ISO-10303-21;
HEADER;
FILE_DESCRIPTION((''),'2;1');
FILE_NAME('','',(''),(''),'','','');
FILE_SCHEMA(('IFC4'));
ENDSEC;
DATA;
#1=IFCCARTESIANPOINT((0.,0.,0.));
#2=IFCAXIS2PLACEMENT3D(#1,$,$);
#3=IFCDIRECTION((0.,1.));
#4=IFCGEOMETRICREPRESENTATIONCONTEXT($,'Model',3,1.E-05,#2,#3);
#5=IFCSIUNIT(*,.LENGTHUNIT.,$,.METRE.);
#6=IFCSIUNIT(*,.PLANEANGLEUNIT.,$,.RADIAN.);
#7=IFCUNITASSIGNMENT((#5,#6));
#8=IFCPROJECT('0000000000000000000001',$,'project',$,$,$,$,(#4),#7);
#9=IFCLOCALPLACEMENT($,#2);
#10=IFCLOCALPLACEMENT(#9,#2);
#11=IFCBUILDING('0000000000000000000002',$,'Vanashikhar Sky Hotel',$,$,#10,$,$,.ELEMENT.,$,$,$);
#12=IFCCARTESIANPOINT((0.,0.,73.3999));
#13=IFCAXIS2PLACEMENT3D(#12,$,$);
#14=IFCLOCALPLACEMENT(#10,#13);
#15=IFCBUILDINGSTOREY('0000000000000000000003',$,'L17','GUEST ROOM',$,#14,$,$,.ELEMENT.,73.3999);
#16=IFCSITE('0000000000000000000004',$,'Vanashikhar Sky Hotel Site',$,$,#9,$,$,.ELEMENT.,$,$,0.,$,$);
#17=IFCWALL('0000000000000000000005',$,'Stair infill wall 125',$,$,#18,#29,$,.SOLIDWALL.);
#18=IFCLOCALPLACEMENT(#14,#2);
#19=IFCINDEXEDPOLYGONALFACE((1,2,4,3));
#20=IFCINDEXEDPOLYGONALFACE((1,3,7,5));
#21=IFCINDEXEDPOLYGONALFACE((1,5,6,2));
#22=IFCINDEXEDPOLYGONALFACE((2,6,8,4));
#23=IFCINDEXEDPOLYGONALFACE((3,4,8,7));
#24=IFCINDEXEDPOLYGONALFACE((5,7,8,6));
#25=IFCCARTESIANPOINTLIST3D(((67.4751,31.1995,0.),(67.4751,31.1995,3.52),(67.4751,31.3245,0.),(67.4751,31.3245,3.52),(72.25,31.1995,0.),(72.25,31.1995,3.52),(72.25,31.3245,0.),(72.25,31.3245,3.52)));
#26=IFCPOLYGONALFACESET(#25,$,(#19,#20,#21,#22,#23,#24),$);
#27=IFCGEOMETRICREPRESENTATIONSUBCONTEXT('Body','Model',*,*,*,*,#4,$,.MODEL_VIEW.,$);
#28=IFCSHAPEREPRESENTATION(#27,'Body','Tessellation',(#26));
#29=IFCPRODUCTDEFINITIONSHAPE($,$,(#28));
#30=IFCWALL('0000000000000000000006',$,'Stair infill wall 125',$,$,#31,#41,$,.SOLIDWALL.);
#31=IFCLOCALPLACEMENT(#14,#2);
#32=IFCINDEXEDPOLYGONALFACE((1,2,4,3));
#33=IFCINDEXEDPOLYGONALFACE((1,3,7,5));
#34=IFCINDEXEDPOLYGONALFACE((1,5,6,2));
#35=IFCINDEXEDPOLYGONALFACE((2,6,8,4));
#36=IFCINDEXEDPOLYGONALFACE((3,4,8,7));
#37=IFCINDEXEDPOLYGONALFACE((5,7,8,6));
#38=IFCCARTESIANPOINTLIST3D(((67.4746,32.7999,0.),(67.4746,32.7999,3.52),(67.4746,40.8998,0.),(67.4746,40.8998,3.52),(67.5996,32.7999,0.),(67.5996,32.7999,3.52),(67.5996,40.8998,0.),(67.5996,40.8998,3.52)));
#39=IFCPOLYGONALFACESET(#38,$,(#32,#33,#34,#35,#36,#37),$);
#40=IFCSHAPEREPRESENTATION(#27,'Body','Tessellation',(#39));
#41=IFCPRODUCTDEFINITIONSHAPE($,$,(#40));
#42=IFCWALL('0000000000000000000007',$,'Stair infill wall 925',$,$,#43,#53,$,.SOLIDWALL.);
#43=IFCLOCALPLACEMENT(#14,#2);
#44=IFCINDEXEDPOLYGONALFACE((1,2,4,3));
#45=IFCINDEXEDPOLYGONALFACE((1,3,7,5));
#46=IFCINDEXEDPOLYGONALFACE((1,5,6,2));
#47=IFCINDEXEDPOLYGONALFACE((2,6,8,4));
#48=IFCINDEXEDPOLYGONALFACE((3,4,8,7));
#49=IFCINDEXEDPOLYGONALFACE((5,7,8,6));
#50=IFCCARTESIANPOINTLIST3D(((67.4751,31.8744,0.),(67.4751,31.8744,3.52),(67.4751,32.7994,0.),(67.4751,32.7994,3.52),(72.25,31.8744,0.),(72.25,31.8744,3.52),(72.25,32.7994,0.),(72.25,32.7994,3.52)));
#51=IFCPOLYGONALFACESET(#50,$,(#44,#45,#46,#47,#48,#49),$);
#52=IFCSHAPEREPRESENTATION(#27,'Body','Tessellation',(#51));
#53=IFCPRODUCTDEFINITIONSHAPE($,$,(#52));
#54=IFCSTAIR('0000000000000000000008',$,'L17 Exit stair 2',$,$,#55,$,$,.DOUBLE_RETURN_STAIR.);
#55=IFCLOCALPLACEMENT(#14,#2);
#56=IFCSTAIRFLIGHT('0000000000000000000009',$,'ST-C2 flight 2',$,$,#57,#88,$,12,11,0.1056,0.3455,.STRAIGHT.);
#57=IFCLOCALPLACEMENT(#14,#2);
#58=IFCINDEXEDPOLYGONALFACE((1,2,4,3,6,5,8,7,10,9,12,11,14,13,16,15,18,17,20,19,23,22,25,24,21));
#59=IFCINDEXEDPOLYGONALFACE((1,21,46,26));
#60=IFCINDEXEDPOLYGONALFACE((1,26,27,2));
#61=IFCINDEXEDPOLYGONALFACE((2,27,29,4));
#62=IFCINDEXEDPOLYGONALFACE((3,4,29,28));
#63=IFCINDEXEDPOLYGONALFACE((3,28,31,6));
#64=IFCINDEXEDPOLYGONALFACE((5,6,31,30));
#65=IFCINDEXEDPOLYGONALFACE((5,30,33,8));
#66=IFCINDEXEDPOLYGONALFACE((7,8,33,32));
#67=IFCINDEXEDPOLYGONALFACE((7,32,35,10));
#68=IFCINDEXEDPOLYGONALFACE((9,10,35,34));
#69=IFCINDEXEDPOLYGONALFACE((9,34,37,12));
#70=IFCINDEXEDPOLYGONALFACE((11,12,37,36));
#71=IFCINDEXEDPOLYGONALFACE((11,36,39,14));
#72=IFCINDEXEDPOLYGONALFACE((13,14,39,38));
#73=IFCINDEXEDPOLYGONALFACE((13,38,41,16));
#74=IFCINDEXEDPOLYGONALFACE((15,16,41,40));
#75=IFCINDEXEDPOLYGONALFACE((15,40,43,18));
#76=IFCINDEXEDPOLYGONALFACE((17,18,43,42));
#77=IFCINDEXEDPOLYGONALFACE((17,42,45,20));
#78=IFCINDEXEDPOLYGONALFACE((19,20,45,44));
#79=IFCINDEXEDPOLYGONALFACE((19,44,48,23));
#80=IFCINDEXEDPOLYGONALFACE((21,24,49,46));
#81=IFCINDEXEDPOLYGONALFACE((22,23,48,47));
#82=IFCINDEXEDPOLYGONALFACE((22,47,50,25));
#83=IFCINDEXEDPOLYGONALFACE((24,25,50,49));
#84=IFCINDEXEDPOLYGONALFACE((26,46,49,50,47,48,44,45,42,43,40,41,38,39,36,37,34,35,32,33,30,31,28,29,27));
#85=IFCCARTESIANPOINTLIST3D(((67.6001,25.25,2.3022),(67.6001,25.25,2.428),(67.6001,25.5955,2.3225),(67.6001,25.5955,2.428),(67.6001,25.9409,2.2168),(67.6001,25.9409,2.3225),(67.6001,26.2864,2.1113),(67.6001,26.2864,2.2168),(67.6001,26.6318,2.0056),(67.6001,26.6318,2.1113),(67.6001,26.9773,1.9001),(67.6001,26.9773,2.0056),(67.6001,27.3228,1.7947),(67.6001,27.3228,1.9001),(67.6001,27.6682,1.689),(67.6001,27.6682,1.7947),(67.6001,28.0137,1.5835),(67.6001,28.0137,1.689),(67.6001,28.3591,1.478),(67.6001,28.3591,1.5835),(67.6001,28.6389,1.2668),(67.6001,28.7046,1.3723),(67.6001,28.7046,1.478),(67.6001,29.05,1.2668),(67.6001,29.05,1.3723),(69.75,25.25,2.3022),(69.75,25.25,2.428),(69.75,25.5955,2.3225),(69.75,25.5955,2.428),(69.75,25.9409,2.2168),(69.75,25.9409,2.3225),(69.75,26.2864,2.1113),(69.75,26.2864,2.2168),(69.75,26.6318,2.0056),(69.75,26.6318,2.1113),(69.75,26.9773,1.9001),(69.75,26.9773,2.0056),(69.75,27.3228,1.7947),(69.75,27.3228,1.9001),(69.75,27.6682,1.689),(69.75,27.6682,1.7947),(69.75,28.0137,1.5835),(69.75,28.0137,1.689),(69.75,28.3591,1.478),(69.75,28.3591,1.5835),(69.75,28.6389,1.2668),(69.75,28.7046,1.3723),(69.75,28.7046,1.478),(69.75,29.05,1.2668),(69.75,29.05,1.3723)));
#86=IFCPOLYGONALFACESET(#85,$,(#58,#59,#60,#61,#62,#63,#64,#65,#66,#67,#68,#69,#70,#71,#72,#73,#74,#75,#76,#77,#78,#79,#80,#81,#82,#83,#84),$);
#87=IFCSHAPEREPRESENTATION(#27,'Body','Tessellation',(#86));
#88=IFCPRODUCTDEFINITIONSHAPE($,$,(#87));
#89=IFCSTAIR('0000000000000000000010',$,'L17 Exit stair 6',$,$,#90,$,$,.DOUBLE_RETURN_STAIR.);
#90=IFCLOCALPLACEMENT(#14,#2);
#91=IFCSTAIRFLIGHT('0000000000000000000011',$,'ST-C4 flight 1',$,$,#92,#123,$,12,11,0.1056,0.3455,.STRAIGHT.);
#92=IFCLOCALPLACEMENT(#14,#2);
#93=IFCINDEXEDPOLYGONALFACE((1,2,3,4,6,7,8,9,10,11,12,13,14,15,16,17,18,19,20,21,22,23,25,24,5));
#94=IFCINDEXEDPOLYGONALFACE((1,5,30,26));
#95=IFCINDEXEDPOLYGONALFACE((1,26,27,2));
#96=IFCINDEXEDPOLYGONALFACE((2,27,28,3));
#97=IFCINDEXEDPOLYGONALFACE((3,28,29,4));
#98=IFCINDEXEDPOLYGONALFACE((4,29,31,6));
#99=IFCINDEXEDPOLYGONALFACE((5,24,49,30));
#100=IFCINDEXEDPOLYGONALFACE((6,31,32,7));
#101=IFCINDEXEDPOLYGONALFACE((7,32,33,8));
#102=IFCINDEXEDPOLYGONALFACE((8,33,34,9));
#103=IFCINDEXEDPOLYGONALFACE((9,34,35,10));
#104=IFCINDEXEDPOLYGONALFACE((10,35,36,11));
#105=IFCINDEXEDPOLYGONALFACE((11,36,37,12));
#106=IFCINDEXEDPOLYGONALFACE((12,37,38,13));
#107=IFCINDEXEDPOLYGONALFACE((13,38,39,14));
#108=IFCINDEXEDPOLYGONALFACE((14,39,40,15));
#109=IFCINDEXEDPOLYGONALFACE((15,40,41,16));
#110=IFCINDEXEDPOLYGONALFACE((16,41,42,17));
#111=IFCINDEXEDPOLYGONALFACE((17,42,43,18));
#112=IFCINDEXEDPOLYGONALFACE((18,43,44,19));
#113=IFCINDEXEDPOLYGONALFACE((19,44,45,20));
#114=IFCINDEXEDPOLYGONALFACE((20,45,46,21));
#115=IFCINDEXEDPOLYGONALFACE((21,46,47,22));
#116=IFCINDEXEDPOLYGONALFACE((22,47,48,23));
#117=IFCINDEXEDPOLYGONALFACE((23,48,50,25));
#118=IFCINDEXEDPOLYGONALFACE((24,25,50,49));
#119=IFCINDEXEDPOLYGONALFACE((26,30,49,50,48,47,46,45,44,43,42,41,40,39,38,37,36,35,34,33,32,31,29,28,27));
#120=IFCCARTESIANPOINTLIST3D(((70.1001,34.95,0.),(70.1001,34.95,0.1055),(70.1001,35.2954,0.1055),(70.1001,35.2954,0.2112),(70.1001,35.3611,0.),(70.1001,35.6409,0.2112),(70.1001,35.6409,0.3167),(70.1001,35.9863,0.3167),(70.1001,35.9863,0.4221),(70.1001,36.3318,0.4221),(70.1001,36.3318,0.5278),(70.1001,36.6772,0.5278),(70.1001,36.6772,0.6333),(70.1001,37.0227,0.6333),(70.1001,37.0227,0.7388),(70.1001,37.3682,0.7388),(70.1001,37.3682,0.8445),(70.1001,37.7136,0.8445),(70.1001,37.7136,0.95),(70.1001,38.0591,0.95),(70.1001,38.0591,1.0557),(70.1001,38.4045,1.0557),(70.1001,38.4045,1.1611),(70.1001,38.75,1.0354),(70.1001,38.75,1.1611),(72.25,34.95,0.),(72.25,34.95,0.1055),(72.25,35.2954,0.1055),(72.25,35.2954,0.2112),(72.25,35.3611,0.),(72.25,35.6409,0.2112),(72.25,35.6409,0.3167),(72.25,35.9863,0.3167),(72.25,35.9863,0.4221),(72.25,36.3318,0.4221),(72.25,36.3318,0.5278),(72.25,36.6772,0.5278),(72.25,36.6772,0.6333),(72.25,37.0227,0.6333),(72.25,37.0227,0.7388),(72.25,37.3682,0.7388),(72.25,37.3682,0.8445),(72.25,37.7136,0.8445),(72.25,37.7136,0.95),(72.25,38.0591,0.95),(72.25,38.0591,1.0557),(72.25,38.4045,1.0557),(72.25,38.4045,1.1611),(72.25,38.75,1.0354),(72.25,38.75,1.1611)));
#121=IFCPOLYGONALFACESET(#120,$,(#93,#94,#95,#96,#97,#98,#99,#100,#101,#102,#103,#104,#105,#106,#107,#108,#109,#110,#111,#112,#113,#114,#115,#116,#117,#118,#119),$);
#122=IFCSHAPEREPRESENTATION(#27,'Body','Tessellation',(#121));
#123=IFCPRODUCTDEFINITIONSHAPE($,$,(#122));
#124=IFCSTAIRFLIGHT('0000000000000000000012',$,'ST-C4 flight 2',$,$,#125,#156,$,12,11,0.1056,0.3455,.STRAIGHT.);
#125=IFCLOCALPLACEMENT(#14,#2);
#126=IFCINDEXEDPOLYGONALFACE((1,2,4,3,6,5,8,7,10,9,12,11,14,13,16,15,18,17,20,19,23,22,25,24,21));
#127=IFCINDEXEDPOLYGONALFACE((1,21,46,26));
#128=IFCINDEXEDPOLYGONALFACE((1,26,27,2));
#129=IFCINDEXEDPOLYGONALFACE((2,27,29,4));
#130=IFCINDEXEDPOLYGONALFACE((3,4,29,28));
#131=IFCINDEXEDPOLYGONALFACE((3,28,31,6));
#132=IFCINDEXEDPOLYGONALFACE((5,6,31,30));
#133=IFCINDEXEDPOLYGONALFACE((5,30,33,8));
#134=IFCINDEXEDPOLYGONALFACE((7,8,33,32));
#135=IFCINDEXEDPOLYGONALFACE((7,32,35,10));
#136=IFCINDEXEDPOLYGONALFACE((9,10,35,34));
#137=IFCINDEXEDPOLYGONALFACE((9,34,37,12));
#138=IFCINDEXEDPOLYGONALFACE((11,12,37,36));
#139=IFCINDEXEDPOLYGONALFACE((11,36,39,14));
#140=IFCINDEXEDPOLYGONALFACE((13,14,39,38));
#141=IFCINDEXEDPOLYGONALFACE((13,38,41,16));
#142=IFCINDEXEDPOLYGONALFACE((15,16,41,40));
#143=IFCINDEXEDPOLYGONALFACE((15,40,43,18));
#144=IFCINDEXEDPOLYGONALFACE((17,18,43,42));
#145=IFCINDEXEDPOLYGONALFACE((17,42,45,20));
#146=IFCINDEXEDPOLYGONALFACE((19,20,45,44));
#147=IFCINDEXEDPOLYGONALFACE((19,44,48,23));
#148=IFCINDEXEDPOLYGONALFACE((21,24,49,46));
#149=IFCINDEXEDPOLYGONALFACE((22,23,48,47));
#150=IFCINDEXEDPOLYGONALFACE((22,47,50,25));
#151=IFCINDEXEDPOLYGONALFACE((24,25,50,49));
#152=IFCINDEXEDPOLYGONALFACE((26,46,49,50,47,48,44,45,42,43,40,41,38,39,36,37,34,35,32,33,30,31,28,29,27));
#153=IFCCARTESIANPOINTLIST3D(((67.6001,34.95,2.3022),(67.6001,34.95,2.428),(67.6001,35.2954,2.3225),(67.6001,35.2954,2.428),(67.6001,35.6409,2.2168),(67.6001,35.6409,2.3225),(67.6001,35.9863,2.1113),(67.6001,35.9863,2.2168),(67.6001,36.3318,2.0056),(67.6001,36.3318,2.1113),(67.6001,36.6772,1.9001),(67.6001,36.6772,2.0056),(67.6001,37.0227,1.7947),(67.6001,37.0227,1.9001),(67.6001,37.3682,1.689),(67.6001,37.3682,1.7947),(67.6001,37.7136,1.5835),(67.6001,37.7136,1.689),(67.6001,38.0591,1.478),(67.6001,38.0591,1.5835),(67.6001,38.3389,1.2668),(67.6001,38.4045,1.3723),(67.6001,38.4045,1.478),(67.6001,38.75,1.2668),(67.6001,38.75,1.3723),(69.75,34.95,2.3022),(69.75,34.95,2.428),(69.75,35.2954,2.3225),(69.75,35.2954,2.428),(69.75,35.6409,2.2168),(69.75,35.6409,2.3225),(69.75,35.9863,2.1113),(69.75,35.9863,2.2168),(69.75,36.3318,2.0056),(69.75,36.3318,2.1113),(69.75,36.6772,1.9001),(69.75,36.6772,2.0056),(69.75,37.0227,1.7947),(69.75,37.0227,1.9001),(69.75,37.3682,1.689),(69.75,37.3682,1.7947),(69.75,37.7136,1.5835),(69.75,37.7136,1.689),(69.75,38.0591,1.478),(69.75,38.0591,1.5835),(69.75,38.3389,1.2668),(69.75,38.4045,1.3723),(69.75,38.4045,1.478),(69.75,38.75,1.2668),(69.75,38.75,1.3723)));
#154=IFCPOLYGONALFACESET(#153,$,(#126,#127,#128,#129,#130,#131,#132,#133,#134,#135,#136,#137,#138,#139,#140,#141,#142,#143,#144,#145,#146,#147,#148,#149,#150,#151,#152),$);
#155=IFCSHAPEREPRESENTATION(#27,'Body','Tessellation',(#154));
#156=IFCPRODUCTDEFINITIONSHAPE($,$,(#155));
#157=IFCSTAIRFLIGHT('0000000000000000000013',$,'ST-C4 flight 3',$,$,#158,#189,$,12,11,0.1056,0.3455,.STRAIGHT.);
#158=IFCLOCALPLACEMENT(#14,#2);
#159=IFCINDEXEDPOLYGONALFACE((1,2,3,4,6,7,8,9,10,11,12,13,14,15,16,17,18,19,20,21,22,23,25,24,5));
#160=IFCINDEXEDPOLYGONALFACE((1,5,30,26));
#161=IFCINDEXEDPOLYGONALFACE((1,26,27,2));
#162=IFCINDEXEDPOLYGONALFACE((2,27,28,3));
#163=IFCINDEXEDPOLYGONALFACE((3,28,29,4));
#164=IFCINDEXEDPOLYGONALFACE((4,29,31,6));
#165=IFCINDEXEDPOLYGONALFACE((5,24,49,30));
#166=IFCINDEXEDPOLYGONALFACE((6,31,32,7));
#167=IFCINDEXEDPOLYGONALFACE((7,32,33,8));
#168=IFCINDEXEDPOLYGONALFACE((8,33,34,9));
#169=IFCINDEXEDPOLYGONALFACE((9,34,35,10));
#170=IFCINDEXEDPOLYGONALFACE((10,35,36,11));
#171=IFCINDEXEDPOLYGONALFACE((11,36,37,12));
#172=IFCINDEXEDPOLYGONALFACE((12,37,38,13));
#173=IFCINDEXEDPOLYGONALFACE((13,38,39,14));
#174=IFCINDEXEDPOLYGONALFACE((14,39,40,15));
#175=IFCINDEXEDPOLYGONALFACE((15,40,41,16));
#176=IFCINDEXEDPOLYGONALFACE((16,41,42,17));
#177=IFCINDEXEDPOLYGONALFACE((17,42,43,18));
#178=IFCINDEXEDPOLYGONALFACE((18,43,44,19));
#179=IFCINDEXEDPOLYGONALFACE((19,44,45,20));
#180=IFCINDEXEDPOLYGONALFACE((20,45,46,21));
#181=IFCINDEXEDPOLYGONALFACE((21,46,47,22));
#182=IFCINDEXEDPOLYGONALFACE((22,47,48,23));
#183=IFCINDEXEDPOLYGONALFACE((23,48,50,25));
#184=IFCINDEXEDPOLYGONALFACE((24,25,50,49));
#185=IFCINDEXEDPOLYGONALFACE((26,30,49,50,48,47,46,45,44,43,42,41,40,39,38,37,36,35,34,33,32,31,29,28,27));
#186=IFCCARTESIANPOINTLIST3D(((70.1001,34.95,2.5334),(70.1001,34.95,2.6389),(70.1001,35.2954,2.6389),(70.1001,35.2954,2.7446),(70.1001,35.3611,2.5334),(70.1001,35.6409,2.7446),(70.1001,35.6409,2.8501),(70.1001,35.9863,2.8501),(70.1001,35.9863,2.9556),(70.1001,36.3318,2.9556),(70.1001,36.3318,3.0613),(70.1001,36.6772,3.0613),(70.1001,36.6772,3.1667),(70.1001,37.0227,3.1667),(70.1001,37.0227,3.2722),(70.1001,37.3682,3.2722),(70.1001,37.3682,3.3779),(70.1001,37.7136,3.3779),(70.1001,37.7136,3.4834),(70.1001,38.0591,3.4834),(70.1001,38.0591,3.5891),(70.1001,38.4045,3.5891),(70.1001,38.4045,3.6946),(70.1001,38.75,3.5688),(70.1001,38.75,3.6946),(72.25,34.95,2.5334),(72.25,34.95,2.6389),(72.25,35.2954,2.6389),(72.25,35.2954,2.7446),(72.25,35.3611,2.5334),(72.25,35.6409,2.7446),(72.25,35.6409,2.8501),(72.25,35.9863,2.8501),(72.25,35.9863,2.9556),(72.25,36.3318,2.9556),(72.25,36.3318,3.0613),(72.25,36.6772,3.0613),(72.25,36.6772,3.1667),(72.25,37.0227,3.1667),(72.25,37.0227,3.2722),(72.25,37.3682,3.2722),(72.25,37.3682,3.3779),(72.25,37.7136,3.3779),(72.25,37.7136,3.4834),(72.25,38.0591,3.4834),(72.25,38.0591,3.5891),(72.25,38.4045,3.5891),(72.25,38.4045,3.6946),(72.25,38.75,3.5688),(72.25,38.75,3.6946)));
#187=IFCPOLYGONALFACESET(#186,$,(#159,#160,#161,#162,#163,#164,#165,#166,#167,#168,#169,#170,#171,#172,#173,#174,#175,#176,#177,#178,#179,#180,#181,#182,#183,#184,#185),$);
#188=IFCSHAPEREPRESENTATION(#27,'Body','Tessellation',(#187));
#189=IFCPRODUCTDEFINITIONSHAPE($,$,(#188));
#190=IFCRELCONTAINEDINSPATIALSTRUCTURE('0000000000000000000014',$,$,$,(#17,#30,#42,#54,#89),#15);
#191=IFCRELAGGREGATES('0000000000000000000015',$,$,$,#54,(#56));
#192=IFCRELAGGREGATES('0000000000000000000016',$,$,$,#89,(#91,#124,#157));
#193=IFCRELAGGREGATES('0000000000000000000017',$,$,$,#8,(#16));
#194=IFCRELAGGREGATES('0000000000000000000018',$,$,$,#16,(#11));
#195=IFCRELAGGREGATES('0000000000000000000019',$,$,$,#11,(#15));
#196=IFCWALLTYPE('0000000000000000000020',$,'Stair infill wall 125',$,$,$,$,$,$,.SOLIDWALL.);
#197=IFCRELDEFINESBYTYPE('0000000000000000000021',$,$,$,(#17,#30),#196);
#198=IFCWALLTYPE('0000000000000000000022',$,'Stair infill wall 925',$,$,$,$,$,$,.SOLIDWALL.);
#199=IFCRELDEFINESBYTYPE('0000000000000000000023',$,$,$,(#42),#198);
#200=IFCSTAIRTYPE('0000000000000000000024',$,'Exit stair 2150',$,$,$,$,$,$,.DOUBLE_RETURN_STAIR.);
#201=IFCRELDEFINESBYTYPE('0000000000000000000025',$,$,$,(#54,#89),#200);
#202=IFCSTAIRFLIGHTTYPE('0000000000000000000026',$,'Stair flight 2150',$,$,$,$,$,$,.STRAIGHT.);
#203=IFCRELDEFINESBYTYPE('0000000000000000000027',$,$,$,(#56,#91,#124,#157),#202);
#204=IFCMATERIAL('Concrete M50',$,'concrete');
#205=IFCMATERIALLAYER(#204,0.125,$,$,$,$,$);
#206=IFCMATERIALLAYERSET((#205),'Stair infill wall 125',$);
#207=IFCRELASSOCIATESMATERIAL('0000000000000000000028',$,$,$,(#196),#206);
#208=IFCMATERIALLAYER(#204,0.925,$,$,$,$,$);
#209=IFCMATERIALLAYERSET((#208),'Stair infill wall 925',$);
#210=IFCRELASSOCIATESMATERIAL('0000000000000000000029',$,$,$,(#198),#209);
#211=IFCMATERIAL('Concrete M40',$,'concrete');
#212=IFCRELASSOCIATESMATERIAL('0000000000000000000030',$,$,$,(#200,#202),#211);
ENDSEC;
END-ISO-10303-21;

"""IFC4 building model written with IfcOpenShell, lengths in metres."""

from ifc_helpers import new_model, si_unit, direction, frame, frame_2d, origin, place, context, subcontext, project, spatial, polyline, rectangle, outline, extrude, source, transform, mapped, material, layer, layer_set, type_object, element, aggregate, save


model = new_model("IFC4")

# Units and contexts
model_context = context("Model", 3, precision=1e-05, world=origin(), true_north=direction((0.0, 1.0)))
body_context = subcontext(model_context, "Body", "Model", "MODEL_VIEW")
ifc_project = project(units=[si_unit("LENGTHUNIT", "METRE"), si_unit("PLANEANGLEUNIT", "RADIAN")], contexts=[model_context])

# Site, building, storey
site_placement = place(None, origin())
site = spatial("IfcSite", under=ifc_project, at=site_placement, Name="Vanashikhar Sky Hotel Site", CompositionType="ELEMENT", RefElevation=0.0)
building_placement = place(site_placement, origin())
building = spatial("IfcBuilding", under=site, at=building_placement, Name="Vanashikhar Sky Hotel", CompositionType="ELEMENT")
storey_placement = place(building_placement, frame((0.0, 0.0, 73.3999)))
storey = spatial("IfcBuildingStorey", under=building, at=storey_placement, Name="L17", Description="GUEST ROOM", CompositionType="ELEMENT", Elevation=73.3999)

# Walls
ifc_material_1 = material(Name="Concrete M50", Category="concrete")
ifc_layer_1 = layer(ifc_material_1, 0.125)
ifc_layer_set_1 = layer_set([ifc_layer_1], Name="Stair infill wall 125")
wall_type_1 = type_object("IfcWallType", Name="Stair infill wall 125", PredefinedType="SOLIDWALL", material=ifc_layer_set_1)
shared_shape_1 = source(origin(), body_context, "Body", "SweptSolid", [
    extrude(rectangle(XDim=4.7749, YDim=0.125, at=frame_2d((2.3875, 0.0))), origin(), (0.0, 0.0, 1.0), 3.52),
])
wall_1_placement = place(storey_placement, frame((67.4751, 31.262, 0.0), z_axis=(0.0, 0.0, 1.0), x_axis=(1.0, 0.0, 0.0)))
element("IfcWall", 1, at=wall_1_placement, inside=storey, type_object=wall_type_1, Name="Stair infill wall 125", PredefinedType="SOLIDWALL", context=body_context, shape_type="MappedRepresentation", body=[
    mapped(shared_shape_1, transform((0.0, 0.0, 0.0), scale=1.0)),
])
shared_shape_2 = source(origin(), body_context, "Body", "SweptSolid", [
    extrude(rectangle(XDim=8.0999, YDim=0.125, at=frame_2d((4.0498, 0.0))), origin(), (0.0, 0.0, 1.0), 3.52),
])
wall_2_placement = place(storey_placement, frame((67.5371, 32.8, 0.0), z_axis=(0.0, 0.0, 1.0), x_axis=(0.0, 1.0, 0.0)))
element("IfcWall", 2, at=wall_2_placement, inside=storey, type_object=wall_type_1, Name="Stair infill wall 125", PredefinedType="SOLIDWALL", context=body_context, shape_type="MappedRepresentation", body=[
    mapped(shared_shape_2, transform((0.0, 0.0, 0.0), scale=1.0)),
])
ifc_layer_2 = layer(ifc_material_1, 0.925)
ifc_layer_set_2 = layer_set([ifc_layer_2], Name="Stair infill wall 925")
wall_type_2 = type_object("IfcWallType", Name="Stair infill wall 925", PredefinedType="SOLIDWALL", material=ifc_layer_set_2)
shared_shape_3 = source(origin(), body_context, "Body", "SweptSolid", [
    extrude(rectangle(XDim=4.7749, YDim=0.925, at=frame_2d((2.3875, 0.0))), origin(), (0.0, 0.0, 1.0), 3.52),
])
wall_3_placement = place(storey_placement, frame((67.4751, 32.3369, 0.0), z_axis=(0.0, 0.0, 1.0), x_axis=(1.0, 0.0, 0.0)))
element("IfcWall", 3, at=wall_3_placement, inside=storey, type_object=wall_type_2, Name="Stair infill wall 925", PredefinedType="SOLIDWALL", context=body_context, shape_type="MappedRepresentation", body=[
    mapped(shared_shape_3, transform((0.0, 0.0, 0.0), scale=1.0)),
])

# Stair, stair flight
ifc_material_2 = material(Name="Concrete M40", Category="concrete")
stair_type = type_object("IfcStairType", Name="Exit stair 2150", PredefinedType="DOUBLE_RETURN_STAIR", material=ifc_material_2)
stair_1_placement = place(storey_placement, origin())
stair_1 = element("IfcStair", 4, at=stair_1_placement, inside=storey, type_object=stair_type, Name="L17 Exit stair 2", PredefinedType="DOUBLE_RETURN_STAIR")
stair_flight_type = type_object("IfcStairFlightType", Name="Stair flight 2150", PredefinedType="STRAIGHT", material=ifc_material_2)
shared_shape_4 = source(origin(), body_context, "Body", "SweptSolid", [
    extrude(outline(polyline([(0.0, 0.0), (0.0, 0.1055), (0.3455, 0.1055), (0.3455, 0.2112), (0.6909, 0.2112), (0.6909, 0.3167), (1.0364, 0.3167), (1.0364, 0.4221), (1.3818, 0.4221), (1.3818, 0.5278), (1.7273, 0.5278), (1.7273, 0.6333), (2.0728, 0.6333), (2.0728, 0.7388), (2.4182, 0.7388), (2.4182, 0.8445), (2.7637, 0.8445), (2.7637, 0.95), (3.1091, 0.95), (3.1091, 1.0557), (3.4546, 1.0557), (3.4546, 1.1611), (3.8, 1.1611), (3.8, 1.2666), (3.8, 1.0354), (0.4111, 0.0), (0.0, 0.0)])), frame((0.0, 1.075, 0.0), z_axis=(0.0, -1.0, 0.0), x_axis=(1.0, 0.0, 0.0)), (0.0, 0.0, 1.0), 2.1499),
])
stair_flight_1_placement = place(storey_placement, frame((68.675, 29.05, 1.2668), z_axis=(0.0, 0.0, 1.0), x_axis=(0.0, -1.0, 0.0)))
stair_flight_1 = element("IfcStairFlight", 5, at=stair_flight_1_placement, type_object=stair_flight_type, Name="ST-C2 flight 2", NumberOfRisers=12, NumberOfTreads=11, PredefinedType="STRAIGHT", RiserHeight=0.1056, TreadLength=0.3455, context=body_context, shape_type="MappedRepresentation", body=[
    mapped(shared_shape_4, transform((0.0, 0.0, 0.0), scale=1.0)),
])
aggregate(stair_1, [stair_flight_1])

# Stair, stair flights
stair_2_placement = place(storey_placement, origin())
stair_2 = element("IfcStair", 6, at=stair_2_placement, inside=storey, type_object=stair_type, Name="L17 Exit stair 6", PredefinedType="DOUBLE_RETURN_STAIR")
stair_flight_2_placement = place(storey_placement, frame((71.175, 34.95, 0.0), z_axis=(0.0, 0.0, 1.0), x_axis=(0.0, 1.0, 0.0)))
stair_flight_2 = element("IfcStairFlight", 7, at=stair_flight_2_placement, type_object=stair_flight_type, Name="ST-C4 flight 1", NumberOfRisers=12, NumberOfTreads=11, PredefinedType="STRAIGHT", RiserHeight=0.1056, TreadLength=0.3455, context=body_context, shape_type="MappedRepresentation", body=[
    mapped(shared_shape_4, transform((0.0, 0.0, 0.0), scale=1.0)),
])
stair_flight_3_placement = place(storey_placement, frame((68.675, 38.75, 1.2668), z_axis=(0.0, 0.0, 1.0), x_axis=(0.0, -1.0, 0.0)))
stair_flight_3 = element("IfcStairFlight", 8, at=stair_flight_3_placement, type_object=stair_flight_type, Name="ST-C4 flight 2", NumberOfRisers=12, NumberOfTreads=11, PredefinedType="STRAIGHT", RiserHeight=0.1056, TreadLength=0.3455, context=body_context, shape_type="MappedRepresentation", body=[
    mapped(shared_shape_4, transform((0.0, 0.0, 0.0), scale=1.0)),
])
stair_flight_4_placement = place(storey_placement, frame((71.175, 34.95, 2.5334), z_axis=(0.0, 0.0, 1.0), x_axis=(0.0, 1.0, 0.0)))
stair_flight_4 = element("IfcStairFlight", 9, at=stair_flight_4_placement, type_object=stair_flight_type, Name="ST-C4 flight 3", NumberOfRisers=12, NumberOfTreads=11, PredefinedType="STRAIGHT", RiserHeight=0.1056, TreadLength=0.3455, context=body_context, shape_type="MappedRepresentation", body=[
    mapped(shared_shape_4, transform((0.0, 0.0, 0.0), scale=1.0)),
])
aggregate(stair_2, [stair_flight_2, stair_flight_3, stair_flight_4])

save(model, "model.ifc")
